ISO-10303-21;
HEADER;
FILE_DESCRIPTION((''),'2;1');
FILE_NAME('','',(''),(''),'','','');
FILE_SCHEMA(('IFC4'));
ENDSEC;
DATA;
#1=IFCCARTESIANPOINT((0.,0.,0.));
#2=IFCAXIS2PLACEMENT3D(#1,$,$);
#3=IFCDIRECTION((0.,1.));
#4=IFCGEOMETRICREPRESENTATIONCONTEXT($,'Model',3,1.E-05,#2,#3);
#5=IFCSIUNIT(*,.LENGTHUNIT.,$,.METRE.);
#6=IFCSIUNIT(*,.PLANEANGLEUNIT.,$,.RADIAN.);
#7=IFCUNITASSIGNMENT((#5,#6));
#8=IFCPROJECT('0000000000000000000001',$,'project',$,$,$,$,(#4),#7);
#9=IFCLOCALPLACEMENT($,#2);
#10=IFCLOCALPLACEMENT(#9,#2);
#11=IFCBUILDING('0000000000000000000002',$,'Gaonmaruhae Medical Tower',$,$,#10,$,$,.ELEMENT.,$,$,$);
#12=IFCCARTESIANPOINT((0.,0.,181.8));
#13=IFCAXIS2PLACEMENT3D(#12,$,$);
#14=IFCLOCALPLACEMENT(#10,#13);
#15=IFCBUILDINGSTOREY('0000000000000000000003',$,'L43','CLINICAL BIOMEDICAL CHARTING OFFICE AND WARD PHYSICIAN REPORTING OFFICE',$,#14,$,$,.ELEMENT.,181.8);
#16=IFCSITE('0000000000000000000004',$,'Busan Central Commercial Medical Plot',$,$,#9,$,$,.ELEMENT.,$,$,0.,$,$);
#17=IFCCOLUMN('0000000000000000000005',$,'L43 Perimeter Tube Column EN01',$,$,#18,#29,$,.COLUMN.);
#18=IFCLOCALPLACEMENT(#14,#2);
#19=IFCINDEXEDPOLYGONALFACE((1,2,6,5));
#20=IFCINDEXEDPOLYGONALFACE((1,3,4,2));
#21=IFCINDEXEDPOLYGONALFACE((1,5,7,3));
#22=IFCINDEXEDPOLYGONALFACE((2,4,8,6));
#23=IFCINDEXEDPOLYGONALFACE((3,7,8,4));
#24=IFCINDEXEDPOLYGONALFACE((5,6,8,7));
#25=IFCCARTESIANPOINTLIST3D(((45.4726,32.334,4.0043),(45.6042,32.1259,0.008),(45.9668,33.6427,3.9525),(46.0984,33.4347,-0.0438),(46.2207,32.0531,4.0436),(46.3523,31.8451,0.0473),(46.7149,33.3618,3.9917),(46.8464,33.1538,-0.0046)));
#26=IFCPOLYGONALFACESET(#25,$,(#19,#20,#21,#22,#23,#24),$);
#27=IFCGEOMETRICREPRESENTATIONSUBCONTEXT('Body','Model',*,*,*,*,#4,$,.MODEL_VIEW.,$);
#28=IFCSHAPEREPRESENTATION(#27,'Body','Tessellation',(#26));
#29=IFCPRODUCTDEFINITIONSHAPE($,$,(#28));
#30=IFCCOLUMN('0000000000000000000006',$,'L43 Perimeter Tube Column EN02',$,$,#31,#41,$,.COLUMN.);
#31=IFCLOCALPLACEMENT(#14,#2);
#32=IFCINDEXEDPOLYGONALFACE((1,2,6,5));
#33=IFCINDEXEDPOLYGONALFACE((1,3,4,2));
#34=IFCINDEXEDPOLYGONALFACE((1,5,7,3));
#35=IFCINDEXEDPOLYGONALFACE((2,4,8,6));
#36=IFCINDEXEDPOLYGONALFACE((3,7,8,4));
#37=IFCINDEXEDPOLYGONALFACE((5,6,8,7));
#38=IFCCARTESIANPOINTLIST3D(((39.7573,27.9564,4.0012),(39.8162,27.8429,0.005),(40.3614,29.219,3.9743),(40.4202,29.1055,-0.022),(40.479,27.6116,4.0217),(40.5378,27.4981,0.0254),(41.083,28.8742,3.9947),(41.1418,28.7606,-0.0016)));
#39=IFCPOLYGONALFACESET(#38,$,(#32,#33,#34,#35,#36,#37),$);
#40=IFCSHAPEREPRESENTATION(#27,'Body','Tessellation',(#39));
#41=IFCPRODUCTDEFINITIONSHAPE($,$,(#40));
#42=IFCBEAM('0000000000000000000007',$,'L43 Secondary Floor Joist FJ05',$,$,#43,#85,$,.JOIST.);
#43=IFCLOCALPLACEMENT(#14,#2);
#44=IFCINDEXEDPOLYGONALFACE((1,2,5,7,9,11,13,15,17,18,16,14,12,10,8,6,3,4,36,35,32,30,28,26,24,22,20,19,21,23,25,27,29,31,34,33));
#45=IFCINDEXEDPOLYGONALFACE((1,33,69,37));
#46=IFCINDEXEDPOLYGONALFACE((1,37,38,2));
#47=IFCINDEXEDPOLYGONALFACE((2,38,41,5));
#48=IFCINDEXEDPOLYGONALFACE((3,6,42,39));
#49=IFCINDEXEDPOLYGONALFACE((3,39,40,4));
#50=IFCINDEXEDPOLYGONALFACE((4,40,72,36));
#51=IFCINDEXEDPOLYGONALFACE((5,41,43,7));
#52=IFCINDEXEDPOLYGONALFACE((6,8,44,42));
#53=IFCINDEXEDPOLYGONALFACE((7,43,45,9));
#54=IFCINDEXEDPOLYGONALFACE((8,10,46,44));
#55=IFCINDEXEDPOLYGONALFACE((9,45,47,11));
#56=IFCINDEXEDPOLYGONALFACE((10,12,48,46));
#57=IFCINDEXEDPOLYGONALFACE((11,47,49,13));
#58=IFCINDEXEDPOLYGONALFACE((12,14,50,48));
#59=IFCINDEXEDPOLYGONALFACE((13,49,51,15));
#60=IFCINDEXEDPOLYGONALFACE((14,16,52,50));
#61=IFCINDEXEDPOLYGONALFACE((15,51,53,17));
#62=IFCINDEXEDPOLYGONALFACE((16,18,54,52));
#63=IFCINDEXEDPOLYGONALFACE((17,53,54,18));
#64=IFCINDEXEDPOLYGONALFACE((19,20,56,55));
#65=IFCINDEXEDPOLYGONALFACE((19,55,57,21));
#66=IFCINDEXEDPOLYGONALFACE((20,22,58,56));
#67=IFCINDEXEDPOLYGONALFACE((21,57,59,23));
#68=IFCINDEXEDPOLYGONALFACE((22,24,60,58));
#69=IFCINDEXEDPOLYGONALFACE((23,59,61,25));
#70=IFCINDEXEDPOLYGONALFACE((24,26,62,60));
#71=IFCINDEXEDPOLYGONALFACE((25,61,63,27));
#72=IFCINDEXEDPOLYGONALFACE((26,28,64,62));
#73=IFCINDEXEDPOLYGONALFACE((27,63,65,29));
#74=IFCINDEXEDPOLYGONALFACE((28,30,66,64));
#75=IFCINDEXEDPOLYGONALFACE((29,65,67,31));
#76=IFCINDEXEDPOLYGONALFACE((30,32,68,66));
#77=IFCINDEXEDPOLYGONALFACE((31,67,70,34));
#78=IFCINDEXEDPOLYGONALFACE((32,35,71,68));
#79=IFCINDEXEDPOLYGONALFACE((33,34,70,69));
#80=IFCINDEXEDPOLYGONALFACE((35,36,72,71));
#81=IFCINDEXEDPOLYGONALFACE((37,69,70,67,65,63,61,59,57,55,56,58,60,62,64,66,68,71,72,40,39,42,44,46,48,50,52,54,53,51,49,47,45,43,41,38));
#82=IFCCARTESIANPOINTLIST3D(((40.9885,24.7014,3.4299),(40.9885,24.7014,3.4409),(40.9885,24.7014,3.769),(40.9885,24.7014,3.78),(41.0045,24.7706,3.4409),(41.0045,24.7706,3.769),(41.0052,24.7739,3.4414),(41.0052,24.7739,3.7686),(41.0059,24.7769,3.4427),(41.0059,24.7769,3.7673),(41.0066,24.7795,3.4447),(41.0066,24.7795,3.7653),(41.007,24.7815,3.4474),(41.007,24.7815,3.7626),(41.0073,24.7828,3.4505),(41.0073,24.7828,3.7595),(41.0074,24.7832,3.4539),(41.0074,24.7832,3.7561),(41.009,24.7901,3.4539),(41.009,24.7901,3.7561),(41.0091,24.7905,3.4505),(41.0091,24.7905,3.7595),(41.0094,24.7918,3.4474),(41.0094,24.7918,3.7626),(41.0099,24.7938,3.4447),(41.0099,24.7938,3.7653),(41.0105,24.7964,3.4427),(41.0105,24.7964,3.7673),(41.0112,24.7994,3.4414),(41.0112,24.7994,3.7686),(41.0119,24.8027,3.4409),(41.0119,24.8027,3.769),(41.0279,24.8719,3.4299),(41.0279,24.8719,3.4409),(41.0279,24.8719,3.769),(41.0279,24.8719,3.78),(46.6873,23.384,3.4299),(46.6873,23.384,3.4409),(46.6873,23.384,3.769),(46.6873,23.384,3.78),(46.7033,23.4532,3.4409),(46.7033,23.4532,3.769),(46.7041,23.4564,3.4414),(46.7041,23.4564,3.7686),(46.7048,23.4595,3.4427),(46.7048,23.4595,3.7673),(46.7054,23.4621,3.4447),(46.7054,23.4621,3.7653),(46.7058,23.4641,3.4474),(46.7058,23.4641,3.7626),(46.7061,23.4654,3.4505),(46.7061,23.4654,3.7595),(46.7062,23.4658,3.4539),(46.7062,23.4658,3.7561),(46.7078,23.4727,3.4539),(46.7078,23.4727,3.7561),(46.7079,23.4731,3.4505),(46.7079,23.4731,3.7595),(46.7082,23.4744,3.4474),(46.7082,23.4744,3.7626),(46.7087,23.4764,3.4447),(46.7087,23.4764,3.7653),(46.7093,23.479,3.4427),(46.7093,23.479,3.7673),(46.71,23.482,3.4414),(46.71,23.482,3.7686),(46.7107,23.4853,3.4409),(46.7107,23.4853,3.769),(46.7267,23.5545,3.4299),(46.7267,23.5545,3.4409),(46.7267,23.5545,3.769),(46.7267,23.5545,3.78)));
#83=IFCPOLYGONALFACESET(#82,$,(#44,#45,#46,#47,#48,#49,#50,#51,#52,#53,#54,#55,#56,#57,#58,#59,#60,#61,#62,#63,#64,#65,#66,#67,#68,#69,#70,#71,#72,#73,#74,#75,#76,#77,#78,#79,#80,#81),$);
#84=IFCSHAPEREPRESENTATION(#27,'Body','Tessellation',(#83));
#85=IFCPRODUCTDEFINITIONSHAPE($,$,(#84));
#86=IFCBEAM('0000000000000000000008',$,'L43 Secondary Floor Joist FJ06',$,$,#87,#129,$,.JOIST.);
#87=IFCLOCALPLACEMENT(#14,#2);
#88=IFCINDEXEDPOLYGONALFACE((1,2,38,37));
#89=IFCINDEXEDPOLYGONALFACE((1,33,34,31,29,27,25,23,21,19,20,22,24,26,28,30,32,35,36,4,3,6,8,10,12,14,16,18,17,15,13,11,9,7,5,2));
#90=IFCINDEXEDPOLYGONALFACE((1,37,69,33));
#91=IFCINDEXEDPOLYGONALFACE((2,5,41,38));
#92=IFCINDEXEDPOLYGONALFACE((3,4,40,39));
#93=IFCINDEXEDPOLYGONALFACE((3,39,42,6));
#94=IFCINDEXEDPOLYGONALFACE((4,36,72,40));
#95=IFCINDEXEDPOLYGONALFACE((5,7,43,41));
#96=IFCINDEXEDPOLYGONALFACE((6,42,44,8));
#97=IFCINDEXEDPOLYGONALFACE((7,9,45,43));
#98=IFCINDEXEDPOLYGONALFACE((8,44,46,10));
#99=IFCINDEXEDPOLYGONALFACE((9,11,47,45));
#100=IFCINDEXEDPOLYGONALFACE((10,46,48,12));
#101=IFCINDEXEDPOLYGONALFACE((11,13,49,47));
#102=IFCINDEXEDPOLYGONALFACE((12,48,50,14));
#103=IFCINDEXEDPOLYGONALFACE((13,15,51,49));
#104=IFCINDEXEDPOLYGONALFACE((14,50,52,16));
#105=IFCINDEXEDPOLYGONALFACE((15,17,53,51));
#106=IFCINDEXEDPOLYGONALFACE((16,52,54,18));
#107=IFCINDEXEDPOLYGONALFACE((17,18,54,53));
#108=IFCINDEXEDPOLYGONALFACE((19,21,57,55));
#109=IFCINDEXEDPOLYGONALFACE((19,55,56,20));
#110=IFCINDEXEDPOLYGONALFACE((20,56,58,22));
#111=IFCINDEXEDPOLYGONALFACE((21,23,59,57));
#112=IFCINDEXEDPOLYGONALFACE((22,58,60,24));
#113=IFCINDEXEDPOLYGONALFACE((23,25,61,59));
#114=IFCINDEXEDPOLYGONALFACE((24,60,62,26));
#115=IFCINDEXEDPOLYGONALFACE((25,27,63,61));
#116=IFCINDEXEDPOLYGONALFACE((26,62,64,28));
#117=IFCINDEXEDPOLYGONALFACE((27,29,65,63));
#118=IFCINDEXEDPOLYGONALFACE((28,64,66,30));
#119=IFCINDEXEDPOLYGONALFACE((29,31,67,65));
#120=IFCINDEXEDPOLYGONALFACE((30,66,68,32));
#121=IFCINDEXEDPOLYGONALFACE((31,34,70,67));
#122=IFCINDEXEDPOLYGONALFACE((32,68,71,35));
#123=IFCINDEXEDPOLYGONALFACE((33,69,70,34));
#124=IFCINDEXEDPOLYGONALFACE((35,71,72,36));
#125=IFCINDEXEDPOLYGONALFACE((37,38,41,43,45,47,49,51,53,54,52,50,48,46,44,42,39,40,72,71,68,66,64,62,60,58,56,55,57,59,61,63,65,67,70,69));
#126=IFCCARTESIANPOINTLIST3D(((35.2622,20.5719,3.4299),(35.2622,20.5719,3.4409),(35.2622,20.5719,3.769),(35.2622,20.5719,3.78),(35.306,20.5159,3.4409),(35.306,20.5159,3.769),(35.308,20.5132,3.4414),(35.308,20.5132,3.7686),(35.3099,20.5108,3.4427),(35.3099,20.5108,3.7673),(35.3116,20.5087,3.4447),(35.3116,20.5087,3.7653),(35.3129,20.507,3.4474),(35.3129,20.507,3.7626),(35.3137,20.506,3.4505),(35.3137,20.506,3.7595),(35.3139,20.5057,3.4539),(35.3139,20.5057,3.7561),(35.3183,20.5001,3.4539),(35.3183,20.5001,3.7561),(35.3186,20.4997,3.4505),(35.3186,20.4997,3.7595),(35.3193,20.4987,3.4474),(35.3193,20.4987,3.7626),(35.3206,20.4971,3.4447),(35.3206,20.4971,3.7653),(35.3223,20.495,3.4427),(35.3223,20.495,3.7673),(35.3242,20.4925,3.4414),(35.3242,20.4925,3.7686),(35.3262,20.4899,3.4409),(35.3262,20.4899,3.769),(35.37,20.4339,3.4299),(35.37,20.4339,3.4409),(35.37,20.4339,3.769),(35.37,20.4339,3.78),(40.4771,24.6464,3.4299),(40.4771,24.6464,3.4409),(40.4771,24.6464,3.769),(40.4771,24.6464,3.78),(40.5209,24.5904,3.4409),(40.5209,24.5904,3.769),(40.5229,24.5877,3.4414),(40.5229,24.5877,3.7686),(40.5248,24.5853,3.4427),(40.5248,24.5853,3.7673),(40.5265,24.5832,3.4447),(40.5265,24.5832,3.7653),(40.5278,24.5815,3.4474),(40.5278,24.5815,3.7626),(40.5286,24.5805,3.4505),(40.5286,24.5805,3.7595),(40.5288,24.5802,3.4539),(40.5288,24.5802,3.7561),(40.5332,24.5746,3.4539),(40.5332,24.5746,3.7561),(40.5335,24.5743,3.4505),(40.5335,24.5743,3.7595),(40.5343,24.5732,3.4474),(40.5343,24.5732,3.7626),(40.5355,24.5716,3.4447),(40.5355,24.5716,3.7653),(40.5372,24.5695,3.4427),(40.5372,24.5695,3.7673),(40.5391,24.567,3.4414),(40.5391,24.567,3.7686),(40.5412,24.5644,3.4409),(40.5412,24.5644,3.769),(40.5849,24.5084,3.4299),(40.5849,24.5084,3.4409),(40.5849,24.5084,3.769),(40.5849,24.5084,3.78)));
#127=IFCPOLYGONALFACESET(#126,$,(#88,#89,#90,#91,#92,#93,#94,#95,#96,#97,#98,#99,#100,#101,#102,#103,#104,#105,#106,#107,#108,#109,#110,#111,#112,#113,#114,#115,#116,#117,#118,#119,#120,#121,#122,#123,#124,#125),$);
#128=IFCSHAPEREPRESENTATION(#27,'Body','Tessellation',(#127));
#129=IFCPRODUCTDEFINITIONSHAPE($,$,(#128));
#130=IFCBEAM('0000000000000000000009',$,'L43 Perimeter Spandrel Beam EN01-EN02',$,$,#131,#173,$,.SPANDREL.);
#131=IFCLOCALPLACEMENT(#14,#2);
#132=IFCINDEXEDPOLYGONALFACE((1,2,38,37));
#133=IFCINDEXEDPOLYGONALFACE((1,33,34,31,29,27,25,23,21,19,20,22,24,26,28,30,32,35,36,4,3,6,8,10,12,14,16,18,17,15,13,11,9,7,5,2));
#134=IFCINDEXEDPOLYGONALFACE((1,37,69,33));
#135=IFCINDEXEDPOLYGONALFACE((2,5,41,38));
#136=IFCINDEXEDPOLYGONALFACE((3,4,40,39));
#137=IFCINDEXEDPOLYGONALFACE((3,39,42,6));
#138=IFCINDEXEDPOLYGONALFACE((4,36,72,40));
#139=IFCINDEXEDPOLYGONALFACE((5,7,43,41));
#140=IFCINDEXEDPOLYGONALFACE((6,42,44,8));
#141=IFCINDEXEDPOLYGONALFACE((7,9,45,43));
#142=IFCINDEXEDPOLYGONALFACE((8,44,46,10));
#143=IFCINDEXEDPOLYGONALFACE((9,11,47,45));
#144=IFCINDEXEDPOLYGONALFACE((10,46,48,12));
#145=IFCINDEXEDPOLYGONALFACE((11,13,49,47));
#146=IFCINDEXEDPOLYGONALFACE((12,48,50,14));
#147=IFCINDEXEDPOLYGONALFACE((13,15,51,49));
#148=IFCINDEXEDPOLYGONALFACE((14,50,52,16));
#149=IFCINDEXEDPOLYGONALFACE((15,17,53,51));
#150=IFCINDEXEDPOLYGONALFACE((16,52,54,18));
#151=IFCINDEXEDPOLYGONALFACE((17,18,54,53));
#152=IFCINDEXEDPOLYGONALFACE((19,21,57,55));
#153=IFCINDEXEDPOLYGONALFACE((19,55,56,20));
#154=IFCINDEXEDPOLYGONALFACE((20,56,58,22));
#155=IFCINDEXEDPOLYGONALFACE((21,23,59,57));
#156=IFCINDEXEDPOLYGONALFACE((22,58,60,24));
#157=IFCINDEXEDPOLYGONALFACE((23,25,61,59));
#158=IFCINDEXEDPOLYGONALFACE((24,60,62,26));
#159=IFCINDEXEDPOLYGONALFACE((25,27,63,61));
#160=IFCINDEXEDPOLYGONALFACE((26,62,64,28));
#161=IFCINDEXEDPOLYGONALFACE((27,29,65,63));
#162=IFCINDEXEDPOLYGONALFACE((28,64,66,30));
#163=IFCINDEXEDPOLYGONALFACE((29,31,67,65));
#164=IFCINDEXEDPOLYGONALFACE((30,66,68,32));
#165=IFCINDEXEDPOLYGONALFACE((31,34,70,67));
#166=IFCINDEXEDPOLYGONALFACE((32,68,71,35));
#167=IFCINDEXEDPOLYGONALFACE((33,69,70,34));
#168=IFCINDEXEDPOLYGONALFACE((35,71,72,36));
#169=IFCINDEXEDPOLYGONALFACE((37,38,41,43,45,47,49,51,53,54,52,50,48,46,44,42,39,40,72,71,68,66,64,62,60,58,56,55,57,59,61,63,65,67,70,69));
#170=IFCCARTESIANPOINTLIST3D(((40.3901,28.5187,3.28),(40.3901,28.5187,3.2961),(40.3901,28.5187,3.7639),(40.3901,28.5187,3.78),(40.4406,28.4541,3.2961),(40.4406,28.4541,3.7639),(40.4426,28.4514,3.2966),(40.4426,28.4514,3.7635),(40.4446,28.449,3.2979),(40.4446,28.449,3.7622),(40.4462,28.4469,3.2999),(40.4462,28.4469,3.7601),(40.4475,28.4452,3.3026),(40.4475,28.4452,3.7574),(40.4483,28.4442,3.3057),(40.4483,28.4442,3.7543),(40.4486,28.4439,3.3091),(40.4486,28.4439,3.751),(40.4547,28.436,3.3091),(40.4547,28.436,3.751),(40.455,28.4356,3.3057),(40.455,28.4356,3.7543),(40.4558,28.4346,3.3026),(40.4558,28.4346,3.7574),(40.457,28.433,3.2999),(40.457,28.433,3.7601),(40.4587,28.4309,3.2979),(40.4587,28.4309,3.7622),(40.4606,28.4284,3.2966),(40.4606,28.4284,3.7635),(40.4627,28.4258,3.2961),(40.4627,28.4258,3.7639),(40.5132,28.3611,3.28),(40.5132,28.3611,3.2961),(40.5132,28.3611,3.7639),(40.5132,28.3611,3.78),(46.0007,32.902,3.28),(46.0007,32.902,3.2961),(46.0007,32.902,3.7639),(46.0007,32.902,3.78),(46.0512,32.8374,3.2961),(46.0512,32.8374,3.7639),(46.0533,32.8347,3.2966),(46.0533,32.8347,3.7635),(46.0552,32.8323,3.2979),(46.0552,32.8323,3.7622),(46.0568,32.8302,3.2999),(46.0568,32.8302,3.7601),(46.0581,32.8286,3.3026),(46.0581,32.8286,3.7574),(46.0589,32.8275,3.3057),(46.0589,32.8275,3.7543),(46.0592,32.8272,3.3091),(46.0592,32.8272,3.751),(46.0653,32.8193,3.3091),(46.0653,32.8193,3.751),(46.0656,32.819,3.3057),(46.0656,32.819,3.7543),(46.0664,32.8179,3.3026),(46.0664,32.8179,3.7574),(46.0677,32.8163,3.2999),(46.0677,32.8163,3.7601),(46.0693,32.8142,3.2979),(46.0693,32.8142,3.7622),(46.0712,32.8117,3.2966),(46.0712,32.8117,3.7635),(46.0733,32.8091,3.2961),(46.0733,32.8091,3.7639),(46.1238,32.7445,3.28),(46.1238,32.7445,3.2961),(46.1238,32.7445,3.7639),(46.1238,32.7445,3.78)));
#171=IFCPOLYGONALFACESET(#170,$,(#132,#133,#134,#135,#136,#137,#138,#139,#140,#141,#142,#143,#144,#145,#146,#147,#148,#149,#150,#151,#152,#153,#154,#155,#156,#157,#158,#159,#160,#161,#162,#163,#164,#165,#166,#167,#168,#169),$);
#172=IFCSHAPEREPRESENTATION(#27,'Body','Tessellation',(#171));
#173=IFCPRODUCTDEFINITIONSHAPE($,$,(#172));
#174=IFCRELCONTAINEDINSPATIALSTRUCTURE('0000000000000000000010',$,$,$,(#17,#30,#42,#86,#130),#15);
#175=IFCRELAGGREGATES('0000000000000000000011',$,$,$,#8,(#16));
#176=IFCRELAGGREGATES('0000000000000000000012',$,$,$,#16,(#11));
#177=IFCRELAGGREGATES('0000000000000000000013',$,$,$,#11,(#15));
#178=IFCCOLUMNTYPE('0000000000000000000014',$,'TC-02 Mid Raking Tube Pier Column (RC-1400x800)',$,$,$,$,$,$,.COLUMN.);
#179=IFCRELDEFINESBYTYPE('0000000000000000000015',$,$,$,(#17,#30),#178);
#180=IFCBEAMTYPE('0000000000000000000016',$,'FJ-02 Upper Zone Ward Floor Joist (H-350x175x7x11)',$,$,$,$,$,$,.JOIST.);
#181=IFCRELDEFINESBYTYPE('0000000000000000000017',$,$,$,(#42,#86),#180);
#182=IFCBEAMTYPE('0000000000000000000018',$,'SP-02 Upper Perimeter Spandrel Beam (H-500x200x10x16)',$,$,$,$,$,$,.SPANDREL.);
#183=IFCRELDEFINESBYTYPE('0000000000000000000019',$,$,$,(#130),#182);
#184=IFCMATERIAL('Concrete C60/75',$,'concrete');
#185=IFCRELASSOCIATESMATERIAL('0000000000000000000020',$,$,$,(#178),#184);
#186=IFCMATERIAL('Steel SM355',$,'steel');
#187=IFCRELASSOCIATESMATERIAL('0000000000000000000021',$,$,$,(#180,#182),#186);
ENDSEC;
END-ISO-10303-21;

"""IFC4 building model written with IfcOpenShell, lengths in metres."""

from ifc_helpers import new_model, si_unit, direction, frame, origin, origin_2d, place, context, subcontext, project, spatial, rectangle, i_section, extrude, material, material_profile, profile_set, type_object, element, save


model = new_model("IFC4")

# Units and contexts
model_context = context("Model", 3, precision=1e-05, world=origin(), true_north=direction((0.0, 1.0)))
body_context = subcontext(model_context, "Body", "Model", "MODEL_VIEW")
ifc_project = project(units=[si_unit("LENGTHUNIT", "METRE"), si_unit("PLANEANGLEUNIT", "RADIAN")], contexts=[model_context])

# Site, building, storey
site_placement = place(None, origin())
site = spatial("IfcSite", under=ifc_project, at=site_placement, Name="Busan Central Commercial Medical Plot", CompositionType="ELEMENT", RefElevation=0.0)
building_placement = place(site_placement, origin())
building = spatial("IfcBuilding", under=site, at=building_placement, Name="Gaonmaruhae Medical Tower", CompositionType="ELEMENT")
storey_placement = place(building_placement, frame((0.0, 0.0, 181.8)))
storey = spatial("IfcBuildingStorey", under=building, at=storey_placement, Name="L43", Description="CLINICAL BIOMEDICAL CHARTING OFFICE AND WARD PHYSICIAN REPORTING OFFICE", CompositionType="ELEMENT", Elevation=181.8)

# Columns
ifc_material_1 = material(Name="Concrete C60/75", Category="concrete")
ifc_material_profile_1 = material_profile(ifc_material_1, rectangle(XDim=1.3999, YDim=0.8, at=origin_2d()), Name="RC-1400x800")
ifc_profile_set_1 = profile_set([ifc_material_profile_1], Name="Concrete C60/75")
column_type = type_object("IfcColumnType", Name="TC-02 Mid Raking Tube Pier Column (RC-1400x800)", PredefinedType="COLUMN", material=ifc_profile_set_1)
column_1_placement = place(storey_placement, frame((46.2253, 32.6399, 0.0017), z_axis=(-0.032866, 0.051951, 0.998109), x_axis=(-0.352963, -0.934904, 0.037039)))
element("IfcColumn", 1, at=column_1_placement, inside=storey, type_object=column_type, Name="L43 Perimeter Tube Column EN01", PredefinedType="COLUMN", context=body_context, shape_type="SweptSolid", body=[
    extrude(rectangle(XDim=1.3999, YDim=0.8, at=origin_2d()), origin(), (0.0, 0.0, 1.0), 4.0039),
])
column_2_placement = place(storey_placement, frame((40.479, 28.3018, 0.0017), z_axis=(-0.014715, 0.028393, 0.999489), x_axis=(-0.431491, -0.901911, 0.019268)))
element("IfcColumn", 2, at=column_2_placement, inside=storey, type_object=column_type, Name="L43 Perimeter Tube Column EN02", PredefinedType="COLUMN", context=body_context, shape_type="SweptSolid", body=[
    extrude(rectangle(XDim=1.3999, YDim=0.8, at=origin_2d()), origin(), (0.0, 0.0, 1.0), 3.9983),
])

# Beams
ifc_material_2 = material(Name="Steel SM355", Category="steel")
ifc_material_profile_2 = material_profile(ifc_material_2, i_section(OverallWidth=0.175, OverallDepth=0.3501, WebThickness=0.0071, FlangeThickness=0.011, FilletRadius=0.0129, at=origin_2d()), Name="H-350x175x7x11")
ifc_profile_set_2 = profile_set([ifc_material_profile_2], Name="Steel SM355")
beam_type_1 = type_object("IfcBeamType", Name="FJ-02 Upper Zone Ward Floor Joist (H-350x175x7x11)", PredefinedType="JOIST", material=ifc_profile_set_2)
beam_1_placement = place(storey_placement, frame((46.707, 23.4692, 3.605), z_axis=(-0.974305, 0.225231, 0.0), x_axis=(-0.225231, -0.974305, 0.0)))
element("IfcBeam", 3, at=beam_1_placement, inside=storey, type_object=beam_type_1, Name="L43 Secondary Floor Joist FJ05", PredefinedType="JOIST", context=body_context, shape_type="SweptSolid", body=[
    extrude(i_section(OverallWidth=0.175, OverallDepth=0.3501, WebThickness=0.0071, FlangeThickness=0.011, FilletRadius=0.0129, at=origin_2d()), origin(), (0.0, 0.0, 1.0), 5.8491),
])
beam_2_placement = place(storey_placement, frame((40.531, 24.5774, 3.605), z_axis=(-0.787998, -0.615678, 0.0), x_axis=(0.615678, -0.787998, 0.0)))
element("IfcBeam", 4, at=beam_2_placement, inside=storey, type_object=beam_type_1, Name="L43 Secondary Floor Joist FJ06", PredefinedType="JOIST", context=body_context, shape_type="SweptSolid", body=[
    extrude(i_section(OverallWidth=0.175, OverallDepth=0.3501, WebThickness=0.0071, FlangeThickness=0.011, FilletRadius=0.0129, at=origin_2d()), origin(), (0.0, 0.0, 1.0), 6.6179),
])
ifc_material_profile_3 = material_profile(ifc_material_2, i_section(OverallWidth=0.2, OverallDepth=0.5, WebThickness=0.01, FlangeThickness=0.0161, FilletRadius=0.0129, at=origin_2d()), Name="H-500x200x10x16")
ifc_profile_set_3 = profile_set([ifc_material_profile_3], Name="Steel SM355")
beam_type_2 = type_object("IfcBeamType", Name="SP-02 Upper Perimeter Spandrel Beam (H-500x200x10x16)", PredefinedType="SPANDREL", material=ifc_profile_set_3)
for number, where, z_axis, x_axis, name in (
    (5, (46.0623, 32.8232, 3.53), (-0.788023, -0.615646, 0.0), (0.615646, -0.788023, 0.0), "L43 Perimeter Spandrel Beam EN01-EN02"),
):
    element("IfcBeam", number, at=place(storey_placement, frame(where, z_axis=z_axis, x_axis=x_axis)), inside=storey, type_object=beam_type_2, Name=name, PredefinedType="SPANDREL", context=body_context, shape_type="SweptSolid", body=[
        extrude(i_section(OverallWidth=0.2, OverallDepth=0.5, WebThickness=0.01, FlangeThickness=0.0161, FilletRadius=0.0129, at=origin_2d()), origin(), (0.0, 0.0, 1.0), 7.1199),
    ])

save(model, "model.ifc")
